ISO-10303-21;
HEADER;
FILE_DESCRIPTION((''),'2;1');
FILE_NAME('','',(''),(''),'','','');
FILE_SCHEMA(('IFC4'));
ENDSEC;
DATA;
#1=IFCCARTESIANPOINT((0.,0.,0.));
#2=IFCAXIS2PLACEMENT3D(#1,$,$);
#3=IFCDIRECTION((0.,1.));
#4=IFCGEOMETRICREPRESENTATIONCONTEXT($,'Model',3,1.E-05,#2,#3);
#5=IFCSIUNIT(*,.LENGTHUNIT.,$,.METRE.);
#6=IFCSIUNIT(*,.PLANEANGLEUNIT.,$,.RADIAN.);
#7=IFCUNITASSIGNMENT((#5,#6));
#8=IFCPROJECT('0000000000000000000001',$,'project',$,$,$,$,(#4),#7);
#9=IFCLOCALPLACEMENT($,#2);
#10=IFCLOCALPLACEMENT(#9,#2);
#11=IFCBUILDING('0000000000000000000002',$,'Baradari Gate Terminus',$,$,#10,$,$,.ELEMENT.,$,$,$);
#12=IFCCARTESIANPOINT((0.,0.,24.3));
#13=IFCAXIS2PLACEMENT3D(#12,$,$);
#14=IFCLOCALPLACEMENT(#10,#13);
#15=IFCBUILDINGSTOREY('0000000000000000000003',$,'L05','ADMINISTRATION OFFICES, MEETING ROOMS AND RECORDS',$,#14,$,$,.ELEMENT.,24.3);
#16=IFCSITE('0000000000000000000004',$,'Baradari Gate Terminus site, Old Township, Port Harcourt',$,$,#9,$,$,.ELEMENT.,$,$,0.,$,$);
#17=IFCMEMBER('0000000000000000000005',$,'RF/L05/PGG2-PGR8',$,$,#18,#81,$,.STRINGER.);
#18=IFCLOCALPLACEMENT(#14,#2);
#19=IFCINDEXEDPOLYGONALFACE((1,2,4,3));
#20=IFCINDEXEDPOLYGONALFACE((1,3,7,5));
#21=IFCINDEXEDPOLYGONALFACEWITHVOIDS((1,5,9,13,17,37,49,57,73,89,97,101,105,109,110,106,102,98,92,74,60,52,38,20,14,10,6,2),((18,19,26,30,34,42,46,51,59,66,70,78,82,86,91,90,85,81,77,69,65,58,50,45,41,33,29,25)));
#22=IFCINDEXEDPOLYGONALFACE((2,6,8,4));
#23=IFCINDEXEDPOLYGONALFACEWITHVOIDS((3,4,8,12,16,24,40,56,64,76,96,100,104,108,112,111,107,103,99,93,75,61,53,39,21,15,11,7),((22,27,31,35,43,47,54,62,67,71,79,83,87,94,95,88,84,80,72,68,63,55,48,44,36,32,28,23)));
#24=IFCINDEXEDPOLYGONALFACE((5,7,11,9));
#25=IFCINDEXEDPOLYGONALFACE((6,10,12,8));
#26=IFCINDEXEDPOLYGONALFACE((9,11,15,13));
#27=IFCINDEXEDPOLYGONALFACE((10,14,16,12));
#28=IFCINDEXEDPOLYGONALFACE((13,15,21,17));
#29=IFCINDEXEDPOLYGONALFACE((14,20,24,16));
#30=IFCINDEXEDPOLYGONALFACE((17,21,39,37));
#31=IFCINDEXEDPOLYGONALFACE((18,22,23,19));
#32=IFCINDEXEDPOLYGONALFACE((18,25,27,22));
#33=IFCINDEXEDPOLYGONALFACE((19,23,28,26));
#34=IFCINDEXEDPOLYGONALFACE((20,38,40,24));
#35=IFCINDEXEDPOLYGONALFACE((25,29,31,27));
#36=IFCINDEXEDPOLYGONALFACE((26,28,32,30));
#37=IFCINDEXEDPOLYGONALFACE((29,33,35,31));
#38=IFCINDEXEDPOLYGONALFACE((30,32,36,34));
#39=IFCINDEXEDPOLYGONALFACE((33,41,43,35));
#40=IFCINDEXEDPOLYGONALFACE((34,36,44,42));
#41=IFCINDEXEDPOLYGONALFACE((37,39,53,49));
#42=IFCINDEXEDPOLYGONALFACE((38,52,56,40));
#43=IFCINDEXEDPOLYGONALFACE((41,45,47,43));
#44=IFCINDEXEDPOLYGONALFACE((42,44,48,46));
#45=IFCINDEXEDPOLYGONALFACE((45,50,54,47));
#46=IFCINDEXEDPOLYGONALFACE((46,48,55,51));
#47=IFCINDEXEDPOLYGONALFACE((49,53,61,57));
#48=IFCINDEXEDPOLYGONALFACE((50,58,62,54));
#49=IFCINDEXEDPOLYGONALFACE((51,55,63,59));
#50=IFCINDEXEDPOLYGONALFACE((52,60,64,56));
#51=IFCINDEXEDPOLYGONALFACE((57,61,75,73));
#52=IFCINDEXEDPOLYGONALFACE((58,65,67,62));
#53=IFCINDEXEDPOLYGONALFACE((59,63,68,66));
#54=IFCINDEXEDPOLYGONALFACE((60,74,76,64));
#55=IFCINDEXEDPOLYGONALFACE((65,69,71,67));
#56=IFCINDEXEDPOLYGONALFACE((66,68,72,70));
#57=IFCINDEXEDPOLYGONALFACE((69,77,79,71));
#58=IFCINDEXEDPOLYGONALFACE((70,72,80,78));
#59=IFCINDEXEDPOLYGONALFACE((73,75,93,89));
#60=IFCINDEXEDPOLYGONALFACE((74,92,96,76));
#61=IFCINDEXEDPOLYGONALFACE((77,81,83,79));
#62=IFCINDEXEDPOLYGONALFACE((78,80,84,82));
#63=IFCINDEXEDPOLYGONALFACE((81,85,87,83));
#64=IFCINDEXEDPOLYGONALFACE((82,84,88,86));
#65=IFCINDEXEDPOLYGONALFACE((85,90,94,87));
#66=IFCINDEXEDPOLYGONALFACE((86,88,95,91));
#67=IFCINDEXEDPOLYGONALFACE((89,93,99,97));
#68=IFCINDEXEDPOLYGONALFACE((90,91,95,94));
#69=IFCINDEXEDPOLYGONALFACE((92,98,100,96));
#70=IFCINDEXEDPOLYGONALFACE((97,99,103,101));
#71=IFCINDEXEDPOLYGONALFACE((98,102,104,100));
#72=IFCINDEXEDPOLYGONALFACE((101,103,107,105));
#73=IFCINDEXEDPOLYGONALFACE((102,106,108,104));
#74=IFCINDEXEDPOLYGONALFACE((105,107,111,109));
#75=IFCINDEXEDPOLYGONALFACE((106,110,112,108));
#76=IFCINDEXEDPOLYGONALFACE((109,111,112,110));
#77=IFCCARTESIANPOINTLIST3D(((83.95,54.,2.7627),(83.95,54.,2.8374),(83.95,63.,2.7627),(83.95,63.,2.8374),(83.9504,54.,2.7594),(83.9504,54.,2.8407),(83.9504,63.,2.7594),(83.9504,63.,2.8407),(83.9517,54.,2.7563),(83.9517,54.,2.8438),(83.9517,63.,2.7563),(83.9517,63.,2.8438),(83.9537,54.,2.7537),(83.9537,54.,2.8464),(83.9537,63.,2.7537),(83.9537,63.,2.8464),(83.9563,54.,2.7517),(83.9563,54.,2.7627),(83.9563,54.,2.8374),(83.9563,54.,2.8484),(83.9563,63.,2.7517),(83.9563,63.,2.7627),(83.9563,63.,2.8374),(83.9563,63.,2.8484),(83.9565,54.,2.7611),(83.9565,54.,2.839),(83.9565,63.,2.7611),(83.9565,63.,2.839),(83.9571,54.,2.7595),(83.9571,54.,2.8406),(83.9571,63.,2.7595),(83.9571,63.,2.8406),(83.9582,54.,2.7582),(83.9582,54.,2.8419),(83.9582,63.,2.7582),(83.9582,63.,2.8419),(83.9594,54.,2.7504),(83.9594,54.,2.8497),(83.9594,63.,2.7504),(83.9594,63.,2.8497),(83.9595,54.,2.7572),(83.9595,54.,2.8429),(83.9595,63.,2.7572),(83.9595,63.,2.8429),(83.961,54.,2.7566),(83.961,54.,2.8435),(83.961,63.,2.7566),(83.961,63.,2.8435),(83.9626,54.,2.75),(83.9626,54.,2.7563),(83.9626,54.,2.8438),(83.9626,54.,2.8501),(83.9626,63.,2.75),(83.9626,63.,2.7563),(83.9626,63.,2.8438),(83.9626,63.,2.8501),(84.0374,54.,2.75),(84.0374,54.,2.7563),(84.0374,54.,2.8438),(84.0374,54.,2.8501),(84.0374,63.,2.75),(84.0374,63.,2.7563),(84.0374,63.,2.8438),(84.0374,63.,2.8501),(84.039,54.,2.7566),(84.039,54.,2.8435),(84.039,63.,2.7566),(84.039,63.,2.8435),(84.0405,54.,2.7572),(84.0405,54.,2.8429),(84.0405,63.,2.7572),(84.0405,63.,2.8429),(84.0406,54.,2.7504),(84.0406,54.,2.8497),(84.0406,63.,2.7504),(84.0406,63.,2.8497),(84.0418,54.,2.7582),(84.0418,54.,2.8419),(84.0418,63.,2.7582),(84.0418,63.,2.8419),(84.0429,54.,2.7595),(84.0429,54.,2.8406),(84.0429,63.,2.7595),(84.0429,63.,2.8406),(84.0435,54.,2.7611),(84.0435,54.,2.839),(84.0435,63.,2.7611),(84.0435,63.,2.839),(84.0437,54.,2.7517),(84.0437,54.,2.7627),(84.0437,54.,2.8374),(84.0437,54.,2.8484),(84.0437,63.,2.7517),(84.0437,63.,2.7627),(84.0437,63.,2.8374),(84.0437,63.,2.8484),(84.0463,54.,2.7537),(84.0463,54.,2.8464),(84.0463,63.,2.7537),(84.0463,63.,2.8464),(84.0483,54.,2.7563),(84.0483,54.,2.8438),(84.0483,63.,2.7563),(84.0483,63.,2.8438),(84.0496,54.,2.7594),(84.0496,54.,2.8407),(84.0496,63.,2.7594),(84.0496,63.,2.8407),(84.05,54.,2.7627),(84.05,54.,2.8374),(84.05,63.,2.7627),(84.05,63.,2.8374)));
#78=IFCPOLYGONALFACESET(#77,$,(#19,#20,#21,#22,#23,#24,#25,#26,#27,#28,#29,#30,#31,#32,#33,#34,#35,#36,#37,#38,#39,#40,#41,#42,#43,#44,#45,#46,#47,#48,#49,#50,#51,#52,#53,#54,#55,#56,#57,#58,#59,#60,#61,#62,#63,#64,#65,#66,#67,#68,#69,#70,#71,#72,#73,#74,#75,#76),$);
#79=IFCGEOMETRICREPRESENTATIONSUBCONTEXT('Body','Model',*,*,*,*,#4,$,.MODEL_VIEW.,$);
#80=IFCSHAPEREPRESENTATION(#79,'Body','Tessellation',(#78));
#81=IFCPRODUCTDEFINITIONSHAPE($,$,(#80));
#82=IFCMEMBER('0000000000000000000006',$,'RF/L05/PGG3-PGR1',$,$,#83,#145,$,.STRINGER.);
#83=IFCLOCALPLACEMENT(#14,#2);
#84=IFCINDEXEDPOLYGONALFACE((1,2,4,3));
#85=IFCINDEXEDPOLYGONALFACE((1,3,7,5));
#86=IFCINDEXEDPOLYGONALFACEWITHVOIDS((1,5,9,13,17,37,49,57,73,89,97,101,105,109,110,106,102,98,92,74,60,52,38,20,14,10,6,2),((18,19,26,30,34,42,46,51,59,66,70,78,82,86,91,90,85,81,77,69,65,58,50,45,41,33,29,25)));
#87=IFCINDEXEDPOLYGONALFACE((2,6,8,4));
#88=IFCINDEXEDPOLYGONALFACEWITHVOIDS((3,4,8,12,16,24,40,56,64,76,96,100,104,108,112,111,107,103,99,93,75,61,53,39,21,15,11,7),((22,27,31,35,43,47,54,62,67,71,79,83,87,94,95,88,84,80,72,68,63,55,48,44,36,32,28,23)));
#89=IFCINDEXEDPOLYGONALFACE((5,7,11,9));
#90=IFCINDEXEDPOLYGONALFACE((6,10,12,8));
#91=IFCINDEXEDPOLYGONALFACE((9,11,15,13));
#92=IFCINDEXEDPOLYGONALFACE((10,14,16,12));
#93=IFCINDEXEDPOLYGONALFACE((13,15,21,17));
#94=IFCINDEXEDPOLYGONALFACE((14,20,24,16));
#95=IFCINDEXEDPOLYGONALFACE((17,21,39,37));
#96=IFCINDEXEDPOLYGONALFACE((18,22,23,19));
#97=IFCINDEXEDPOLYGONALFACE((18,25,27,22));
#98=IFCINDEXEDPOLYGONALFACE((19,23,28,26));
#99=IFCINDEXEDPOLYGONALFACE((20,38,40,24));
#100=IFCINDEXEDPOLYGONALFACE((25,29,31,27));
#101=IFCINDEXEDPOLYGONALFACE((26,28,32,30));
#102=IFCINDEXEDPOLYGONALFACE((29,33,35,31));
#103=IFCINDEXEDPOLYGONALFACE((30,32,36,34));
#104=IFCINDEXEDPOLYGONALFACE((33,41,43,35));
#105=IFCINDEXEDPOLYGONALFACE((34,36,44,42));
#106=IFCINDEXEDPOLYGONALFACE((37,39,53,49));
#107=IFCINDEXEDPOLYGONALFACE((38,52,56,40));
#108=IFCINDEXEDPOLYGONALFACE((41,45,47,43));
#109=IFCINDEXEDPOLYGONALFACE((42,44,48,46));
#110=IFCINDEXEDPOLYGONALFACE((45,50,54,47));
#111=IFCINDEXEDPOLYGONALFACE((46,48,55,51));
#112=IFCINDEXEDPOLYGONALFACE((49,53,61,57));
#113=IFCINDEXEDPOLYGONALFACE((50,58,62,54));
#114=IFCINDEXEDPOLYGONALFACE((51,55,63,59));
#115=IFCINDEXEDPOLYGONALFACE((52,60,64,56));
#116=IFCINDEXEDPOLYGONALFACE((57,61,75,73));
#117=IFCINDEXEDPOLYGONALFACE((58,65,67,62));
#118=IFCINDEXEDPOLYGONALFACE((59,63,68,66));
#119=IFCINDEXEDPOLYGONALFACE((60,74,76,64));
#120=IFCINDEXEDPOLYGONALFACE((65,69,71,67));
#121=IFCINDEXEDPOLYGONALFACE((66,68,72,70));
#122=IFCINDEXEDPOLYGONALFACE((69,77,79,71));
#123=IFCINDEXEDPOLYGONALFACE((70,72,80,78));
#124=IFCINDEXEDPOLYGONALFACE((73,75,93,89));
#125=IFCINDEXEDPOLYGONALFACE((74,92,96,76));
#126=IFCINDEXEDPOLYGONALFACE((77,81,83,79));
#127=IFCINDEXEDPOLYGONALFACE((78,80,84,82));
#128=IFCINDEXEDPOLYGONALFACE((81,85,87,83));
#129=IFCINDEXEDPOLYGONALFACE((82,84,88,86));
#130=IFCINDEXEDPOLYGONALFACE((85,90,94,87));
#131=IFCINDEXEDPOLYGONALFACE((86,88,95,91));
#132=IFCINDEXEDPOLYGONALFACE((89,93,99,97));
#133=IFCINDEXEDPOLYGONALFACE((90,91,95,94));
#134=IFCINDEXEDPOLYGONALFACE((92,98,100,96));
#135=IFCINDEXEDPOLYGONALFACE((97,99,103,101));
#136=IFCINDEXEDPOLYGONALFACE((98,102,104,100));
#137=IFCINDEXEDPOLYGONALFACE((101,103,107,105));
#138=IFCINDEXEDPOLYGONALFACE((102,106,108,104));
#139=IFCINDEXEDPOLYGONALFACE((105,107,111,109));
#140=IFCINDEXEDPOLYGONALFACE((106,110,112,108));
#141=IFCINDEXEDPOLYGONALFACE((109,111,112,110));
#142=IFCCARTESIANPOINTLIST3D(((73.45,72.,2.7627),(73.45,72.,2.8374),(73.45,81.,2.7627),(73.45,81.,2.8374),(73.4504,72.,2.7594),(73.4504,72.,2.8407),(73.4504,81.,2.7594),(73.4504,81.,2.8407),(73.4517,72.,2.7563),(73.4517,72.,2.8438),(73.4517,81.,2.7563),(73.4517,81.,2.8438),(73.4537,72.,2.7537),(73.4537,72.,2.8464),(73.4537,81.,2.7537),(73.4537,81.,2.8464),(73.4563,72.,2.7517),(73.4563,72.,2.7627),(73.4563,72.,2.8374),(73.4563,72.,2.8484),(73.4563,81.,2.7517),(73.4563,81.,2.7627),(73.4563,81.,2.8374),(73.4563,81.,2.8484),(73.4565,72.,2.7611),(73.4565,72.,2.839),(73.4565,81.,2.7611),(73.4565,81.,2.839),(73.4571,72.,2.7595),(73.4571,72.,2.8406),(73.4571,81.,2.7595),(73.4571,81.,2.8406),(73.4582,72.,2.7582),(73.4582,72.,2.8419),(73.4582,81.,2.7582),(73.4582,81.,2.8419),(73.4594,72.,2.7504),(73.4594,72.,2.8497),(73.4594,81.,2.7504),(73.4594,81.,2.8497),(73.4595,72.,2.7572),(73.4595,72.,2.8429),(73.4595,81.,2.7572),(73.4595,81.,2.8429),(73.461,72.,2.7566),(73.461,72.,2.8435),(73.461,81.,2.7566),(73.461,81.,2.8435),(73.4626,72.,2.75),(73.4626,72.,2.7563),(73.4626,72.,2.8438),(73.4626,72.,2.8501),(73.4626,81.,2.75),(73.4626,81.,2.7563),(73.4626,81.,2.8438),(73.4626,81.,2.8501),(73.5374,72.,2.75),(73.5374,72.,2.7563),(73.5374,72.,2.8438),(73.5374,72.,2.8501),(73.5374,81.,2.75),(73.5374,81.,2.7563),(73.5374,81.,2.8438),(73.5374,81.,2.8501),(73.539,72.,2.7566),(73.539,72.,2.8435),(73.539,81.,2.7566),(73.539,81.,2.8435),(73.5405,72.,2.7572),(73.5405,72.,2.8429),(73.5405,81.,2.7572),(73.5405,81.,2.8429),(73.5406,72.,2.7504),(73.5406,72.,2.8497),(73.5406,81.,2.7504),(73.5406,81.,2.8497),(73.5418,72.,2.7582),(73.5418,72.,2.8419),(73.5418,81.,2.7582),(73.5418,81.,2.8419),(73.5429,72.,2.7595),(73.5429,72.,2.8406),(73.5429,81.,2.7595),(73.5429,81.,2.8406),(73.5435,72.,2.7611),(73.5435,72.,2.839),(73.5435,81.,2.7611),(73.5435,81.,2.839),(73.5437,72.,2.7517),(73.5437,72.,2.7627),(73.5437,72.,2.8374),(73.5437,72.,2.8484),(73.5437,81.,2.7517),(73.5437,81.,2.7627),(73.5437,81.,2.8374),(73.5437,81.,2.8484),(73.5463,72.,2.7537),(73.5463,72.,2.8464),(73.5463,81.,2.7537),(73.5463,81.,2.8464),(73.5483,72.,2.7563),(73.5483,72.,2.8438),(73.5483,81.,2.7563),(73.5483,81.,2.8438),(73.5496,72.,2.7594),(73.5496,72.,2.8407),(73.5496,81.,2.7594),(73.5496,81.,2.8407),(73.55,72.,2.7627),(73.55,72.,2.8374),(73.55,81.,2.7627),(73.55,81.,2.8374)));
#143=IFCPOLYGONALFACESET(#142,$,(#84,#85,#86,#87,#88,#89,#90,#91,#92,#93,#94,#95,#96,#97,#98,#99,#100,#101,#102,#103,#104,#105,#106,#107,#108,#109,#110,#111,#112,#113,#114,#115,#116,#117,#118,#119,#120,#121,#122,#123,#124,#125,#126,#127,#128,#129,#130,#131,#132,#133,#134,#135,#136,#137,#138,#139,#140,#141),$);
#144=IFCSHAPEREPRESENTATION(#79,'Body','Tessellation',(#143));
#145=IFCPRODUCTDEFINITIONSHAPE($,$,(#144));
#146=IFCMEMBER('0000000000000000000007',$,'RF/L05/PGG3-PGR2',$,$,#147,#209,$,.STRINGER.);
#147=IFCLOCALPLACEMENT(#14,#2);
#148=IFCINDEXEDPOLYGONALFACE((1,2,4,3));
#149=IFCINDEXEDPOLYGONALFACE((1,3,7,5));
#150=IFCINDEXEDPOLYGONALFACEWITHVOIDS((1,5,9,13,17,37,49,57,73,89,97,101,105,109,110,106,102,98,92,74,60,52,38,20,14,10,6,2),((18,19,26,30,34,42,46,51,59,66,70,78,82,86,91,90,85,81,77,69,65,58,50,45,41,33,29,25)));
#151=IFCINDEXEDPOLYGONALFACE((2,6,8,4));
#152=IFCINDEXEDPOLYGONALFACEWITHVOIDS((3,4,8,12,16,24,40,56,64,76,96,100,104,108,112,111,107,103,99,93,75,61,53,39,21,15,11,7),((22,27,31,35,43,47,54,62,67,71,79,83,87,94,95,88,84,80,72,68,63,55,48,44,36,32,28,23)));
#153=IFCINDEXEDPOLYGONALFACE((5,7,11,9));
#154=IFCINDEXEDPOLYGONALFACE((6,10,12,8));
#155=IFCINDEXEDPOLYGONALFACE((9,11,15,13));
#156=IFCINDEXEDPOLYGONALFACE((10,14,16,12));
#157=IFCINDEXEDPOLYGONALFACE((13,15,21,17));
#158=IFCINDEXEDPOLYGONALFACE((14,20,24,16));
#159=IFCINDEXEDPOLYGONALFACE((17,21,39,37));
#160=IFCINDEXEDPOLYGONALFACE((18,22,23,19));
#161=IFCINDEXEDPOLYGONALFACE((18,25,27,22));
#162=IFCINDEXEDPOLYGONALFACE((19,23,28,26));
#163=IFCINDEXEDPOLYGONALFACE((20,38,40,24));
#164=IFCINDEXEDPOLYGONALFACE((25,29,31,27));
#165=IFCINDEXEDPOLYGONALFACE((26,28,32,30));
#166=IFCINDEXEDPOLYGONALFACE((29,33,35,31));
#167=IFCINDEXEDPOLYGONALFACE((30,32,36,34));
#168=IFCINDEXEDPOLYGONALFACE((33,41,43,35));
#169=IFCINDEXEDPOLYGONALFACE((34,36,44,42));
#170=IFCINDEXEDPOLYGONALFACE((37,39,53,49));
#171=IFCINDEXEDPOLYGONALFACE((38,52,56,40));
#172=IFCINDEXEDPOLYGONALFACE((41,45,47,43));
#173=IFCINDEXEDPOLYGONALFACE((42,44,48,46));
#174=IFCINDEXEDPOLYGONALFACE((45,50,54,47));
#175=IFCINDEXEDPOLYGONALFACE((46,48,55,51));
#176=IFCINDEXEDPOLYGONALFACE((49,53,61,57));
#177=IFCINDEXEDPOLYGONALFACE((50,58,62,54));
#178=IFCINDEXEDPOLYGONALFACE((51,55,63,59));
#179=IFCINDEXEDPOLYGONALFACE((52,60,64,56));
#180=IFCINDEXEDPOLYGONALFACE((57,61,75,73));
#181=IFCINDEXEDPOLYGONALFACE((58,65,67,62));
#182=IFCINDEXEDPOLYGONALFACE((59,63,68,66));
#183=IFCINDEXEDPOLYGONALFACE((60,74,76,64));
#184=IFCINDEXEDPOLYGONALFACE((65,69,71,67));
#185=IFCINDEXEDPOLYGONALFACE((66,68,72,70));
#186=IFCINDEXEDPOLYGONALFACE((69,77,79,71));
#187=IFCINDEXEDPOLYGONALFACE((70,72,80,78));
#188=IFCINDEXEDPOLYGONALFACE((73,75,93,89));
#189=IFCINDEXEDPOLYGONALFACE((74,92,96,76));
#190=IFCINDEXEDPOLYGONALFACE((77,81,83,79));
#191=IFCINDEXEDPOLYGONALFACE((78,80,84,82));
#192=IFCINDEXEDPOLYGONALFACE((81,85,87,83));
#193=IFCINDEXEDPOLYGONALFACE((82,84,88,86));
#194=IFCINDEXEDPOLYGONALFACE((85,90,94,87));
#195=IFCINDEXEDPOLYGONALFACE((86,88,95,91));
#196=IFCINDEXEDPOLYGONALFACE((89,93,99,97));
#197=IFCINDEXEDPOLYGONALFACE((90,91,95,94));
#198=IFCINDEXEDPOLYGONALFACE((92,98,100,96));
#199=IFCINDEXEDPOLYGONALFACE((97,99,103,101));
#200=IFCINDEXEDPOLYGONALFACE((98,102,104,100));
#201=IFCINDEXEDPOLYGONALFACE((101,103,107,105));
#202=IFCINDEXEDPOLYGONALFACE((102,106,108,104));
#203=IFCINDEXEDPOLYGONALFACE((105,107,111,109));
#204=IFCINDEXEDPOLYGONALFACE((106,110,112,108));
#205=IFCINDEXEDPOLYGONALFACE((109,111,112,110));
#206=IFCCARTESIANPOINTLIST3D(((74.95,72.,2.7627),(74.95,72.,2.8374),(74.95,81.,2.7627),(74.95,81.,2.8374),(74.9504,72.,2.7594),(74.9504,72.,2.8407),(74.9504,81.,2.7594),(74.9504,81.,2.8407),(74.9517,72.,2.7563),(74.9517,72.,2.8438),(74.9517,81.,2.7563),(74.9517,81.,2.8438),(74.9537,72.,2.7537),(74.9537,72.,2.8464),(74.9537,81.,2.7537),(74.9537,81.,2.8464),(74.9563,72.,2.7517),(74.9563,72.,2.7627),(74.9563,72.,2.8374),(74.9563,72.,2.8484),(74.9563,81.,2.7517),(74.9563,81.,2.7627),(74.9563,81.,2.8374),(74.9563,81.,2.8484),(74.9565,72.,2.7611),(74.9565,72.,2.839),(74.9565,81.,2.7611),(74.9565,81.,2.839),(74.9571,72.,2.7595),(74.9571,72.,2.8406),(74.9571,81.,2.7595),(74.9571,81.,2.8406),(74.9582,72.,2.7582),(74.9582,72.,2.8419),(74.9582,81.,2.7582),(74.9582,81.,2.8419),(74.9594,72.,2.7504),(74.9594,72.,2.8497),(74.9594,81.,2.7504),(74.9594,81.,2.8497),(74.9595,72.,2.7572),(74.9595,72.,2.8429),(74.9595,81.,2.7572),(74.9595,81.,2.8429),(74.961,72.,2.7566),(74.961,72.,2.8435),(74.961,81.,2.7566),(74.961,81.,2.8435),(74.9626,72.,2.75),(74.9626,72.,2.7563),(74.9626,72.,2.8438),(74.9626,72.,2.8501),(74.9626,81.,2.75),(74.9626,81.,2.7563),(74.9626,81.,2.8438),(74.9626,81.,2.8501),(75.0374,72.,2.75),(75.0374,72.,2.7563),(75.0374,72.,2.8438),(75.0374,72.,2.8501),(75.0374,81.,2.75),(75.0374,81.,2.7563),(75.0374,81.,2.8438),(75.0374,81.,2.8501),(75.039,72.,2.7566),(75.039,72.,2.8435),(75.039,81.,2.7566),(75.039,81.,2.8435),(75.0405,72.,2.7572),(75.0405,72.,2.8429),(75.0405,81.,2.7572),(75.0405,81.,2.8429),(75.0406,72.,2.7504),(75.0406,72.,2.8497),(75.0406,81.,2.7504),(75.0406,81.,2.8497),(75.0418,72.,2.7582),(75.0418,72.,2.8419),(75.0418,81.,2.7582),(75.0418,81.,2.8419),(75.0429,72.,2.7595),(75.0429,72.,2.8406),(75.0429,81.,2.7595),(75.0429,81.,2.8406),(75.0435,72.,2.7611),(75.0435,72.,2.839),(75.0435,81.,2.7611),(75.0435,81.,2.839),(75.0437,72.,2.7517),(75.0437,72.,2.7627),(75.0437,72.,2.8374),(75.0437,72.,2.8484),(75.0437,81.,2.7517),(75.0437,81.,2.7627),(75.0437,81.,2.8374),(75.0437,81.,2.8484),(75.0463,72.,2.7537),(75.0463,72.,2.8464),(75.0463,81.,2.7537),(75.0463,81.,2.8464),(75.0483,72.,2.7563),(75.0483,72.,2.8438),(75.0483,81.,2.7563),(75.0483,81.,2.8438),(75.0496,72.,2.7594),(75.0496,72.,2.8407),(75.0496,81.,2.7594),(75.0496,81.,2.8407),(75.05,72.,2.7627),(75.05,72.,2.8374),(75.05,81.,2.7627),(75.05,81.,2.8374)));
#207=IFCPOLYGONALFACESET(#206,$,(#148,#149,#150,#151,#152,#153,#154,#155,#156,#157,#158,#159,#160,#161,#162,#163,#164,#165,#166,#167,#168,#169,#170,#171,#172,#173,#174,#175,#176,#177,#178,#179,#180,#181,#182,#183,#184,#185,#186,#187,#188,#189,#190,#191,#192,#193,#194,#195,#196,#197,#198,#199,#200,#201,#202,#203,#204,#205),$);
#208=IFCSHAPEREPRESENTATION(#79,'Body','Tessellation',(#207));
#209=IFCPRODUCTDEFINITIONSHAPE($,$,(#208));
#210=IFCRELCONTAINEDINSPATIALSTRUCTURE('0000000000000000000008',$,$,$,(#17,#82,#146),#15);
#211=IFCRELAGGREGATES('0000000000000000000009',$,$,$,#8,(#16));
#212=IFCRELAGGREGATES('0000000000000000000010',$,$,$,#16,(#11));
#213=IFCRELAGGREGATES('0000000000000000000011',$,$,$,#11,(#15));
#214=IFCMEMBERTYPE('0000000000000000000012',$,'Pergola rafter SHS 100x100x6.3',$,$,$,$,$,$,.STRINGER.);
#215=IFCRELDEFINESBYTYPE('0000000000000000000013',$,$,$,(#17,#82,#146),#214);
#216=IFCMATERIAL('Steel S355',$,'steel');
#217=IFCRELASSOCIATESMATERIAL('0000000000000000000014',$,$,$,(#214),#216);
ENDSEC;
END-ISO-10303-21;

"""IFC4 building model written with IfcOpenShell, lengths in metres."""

from ifc_helpers import new_model, si_unit, direction, frame, origin, origin_2d, place, context, subcontext, project, spatial, hollow_rectangle, extrude, material, material_profile, profile_set, type_object, element, save


model = new_model("IFC4")

# Units and contexts
model_context = context("Model", 3, precision=1e-05, world=origin(), true_north=direction((0.0, 1.0)))
body_context = subcontext(model_context, "Body", "Model", "MODEL_VIEW")
ifc_project = project(units=[si_unit("LENGTHUNIT", "METRE"), si_unit("PLANEANGLEUNIT", "RADIAN")], contexts=[model_context])

# Site, building, storey
site_placement = place(None, origin())
site = spatial("IfcSite", under=ifc_project, at=site_placement, Name="Baradari Gate Terminus site, Old Township, Port Harcourt", CompositionType="ELEMENT", RefElevation=0.0)
building_placement = place(site_placement, origin())
building = spatial("IfcBuilding", under=site, at=building_placement, Name="Baradari Gate Terminus", CompositionType="ELEMENT")
storey_placement = place(building_placement, frame((0.0, 0.0, 24.3)))
storey = spatial("IfcBuildingStorey", under=building, at=storey_placement, Name="L05", Description="ADMINISTRATION OFFICES, MEETING ROOMS AND RECORDS", CompositionType="ELEMENT", Elevation=24.3)

# Members
ifc_material_1 = material(Name="Steel S355", Category="steel")
ifc_material_profile = material_profile(ifc_material_1, hollow_rectangle(XDim=0.1001, YDim=0.1001, WallThickness=0.0063, InnerFilletRadius=0.0063, OuterFilletRadius=0.0127, at=origin_2d()), Name="SHS 100x100x6.3")
ifc_profile_set = profile_set([ifc_material_profile], Name="Steel S355")
member_type = type_object("IfcMemberType", Name="Pergola rafter SHS 100x100x6.3", PredefinedType="STRINGER", material=ifc_profile_set)
for number, where, z_axis, x_axis, name in (
    (1, (84.0, 54.0, 2.8), (0.0, 1.0, 0.0), (-1.0, 0.0, 0.0), "RF/L05/PGG2-PGR8"),
    (2, (73.5, 72.0, 2.8), (0.0, 1.0, 0.0), (-1.0, 0.0, 0.0), "RF/L05/PGG3-PGR1"),
    (3, (75.0, 72.0, 2.8), (0.0, 1.0, 0.0), (-1.0, 0.0, 0.0), "RF/L05/PGG3-PGR2"),
):
    element("IfcMember", number, at=place(storey_placement, frame(where, z_axis=z_axis, x_axis=x_axis)), inside=storey, type_object=member_type, Name=name, PredefinedType="STRINGER", context=body_context, shape_type="SweptSolid", body=[
        extrude(hollow_rectangle(XDim=0.1001, YDim=0.1001, WallThickness=0.0063, InnerFilletRadius=0.0063, OuterFilletRadius=0.0127, at=origin_2d()), origin(), (0.0, 0.0, 1.0), 9.0),
    ])

save(model, "model.ifc")
